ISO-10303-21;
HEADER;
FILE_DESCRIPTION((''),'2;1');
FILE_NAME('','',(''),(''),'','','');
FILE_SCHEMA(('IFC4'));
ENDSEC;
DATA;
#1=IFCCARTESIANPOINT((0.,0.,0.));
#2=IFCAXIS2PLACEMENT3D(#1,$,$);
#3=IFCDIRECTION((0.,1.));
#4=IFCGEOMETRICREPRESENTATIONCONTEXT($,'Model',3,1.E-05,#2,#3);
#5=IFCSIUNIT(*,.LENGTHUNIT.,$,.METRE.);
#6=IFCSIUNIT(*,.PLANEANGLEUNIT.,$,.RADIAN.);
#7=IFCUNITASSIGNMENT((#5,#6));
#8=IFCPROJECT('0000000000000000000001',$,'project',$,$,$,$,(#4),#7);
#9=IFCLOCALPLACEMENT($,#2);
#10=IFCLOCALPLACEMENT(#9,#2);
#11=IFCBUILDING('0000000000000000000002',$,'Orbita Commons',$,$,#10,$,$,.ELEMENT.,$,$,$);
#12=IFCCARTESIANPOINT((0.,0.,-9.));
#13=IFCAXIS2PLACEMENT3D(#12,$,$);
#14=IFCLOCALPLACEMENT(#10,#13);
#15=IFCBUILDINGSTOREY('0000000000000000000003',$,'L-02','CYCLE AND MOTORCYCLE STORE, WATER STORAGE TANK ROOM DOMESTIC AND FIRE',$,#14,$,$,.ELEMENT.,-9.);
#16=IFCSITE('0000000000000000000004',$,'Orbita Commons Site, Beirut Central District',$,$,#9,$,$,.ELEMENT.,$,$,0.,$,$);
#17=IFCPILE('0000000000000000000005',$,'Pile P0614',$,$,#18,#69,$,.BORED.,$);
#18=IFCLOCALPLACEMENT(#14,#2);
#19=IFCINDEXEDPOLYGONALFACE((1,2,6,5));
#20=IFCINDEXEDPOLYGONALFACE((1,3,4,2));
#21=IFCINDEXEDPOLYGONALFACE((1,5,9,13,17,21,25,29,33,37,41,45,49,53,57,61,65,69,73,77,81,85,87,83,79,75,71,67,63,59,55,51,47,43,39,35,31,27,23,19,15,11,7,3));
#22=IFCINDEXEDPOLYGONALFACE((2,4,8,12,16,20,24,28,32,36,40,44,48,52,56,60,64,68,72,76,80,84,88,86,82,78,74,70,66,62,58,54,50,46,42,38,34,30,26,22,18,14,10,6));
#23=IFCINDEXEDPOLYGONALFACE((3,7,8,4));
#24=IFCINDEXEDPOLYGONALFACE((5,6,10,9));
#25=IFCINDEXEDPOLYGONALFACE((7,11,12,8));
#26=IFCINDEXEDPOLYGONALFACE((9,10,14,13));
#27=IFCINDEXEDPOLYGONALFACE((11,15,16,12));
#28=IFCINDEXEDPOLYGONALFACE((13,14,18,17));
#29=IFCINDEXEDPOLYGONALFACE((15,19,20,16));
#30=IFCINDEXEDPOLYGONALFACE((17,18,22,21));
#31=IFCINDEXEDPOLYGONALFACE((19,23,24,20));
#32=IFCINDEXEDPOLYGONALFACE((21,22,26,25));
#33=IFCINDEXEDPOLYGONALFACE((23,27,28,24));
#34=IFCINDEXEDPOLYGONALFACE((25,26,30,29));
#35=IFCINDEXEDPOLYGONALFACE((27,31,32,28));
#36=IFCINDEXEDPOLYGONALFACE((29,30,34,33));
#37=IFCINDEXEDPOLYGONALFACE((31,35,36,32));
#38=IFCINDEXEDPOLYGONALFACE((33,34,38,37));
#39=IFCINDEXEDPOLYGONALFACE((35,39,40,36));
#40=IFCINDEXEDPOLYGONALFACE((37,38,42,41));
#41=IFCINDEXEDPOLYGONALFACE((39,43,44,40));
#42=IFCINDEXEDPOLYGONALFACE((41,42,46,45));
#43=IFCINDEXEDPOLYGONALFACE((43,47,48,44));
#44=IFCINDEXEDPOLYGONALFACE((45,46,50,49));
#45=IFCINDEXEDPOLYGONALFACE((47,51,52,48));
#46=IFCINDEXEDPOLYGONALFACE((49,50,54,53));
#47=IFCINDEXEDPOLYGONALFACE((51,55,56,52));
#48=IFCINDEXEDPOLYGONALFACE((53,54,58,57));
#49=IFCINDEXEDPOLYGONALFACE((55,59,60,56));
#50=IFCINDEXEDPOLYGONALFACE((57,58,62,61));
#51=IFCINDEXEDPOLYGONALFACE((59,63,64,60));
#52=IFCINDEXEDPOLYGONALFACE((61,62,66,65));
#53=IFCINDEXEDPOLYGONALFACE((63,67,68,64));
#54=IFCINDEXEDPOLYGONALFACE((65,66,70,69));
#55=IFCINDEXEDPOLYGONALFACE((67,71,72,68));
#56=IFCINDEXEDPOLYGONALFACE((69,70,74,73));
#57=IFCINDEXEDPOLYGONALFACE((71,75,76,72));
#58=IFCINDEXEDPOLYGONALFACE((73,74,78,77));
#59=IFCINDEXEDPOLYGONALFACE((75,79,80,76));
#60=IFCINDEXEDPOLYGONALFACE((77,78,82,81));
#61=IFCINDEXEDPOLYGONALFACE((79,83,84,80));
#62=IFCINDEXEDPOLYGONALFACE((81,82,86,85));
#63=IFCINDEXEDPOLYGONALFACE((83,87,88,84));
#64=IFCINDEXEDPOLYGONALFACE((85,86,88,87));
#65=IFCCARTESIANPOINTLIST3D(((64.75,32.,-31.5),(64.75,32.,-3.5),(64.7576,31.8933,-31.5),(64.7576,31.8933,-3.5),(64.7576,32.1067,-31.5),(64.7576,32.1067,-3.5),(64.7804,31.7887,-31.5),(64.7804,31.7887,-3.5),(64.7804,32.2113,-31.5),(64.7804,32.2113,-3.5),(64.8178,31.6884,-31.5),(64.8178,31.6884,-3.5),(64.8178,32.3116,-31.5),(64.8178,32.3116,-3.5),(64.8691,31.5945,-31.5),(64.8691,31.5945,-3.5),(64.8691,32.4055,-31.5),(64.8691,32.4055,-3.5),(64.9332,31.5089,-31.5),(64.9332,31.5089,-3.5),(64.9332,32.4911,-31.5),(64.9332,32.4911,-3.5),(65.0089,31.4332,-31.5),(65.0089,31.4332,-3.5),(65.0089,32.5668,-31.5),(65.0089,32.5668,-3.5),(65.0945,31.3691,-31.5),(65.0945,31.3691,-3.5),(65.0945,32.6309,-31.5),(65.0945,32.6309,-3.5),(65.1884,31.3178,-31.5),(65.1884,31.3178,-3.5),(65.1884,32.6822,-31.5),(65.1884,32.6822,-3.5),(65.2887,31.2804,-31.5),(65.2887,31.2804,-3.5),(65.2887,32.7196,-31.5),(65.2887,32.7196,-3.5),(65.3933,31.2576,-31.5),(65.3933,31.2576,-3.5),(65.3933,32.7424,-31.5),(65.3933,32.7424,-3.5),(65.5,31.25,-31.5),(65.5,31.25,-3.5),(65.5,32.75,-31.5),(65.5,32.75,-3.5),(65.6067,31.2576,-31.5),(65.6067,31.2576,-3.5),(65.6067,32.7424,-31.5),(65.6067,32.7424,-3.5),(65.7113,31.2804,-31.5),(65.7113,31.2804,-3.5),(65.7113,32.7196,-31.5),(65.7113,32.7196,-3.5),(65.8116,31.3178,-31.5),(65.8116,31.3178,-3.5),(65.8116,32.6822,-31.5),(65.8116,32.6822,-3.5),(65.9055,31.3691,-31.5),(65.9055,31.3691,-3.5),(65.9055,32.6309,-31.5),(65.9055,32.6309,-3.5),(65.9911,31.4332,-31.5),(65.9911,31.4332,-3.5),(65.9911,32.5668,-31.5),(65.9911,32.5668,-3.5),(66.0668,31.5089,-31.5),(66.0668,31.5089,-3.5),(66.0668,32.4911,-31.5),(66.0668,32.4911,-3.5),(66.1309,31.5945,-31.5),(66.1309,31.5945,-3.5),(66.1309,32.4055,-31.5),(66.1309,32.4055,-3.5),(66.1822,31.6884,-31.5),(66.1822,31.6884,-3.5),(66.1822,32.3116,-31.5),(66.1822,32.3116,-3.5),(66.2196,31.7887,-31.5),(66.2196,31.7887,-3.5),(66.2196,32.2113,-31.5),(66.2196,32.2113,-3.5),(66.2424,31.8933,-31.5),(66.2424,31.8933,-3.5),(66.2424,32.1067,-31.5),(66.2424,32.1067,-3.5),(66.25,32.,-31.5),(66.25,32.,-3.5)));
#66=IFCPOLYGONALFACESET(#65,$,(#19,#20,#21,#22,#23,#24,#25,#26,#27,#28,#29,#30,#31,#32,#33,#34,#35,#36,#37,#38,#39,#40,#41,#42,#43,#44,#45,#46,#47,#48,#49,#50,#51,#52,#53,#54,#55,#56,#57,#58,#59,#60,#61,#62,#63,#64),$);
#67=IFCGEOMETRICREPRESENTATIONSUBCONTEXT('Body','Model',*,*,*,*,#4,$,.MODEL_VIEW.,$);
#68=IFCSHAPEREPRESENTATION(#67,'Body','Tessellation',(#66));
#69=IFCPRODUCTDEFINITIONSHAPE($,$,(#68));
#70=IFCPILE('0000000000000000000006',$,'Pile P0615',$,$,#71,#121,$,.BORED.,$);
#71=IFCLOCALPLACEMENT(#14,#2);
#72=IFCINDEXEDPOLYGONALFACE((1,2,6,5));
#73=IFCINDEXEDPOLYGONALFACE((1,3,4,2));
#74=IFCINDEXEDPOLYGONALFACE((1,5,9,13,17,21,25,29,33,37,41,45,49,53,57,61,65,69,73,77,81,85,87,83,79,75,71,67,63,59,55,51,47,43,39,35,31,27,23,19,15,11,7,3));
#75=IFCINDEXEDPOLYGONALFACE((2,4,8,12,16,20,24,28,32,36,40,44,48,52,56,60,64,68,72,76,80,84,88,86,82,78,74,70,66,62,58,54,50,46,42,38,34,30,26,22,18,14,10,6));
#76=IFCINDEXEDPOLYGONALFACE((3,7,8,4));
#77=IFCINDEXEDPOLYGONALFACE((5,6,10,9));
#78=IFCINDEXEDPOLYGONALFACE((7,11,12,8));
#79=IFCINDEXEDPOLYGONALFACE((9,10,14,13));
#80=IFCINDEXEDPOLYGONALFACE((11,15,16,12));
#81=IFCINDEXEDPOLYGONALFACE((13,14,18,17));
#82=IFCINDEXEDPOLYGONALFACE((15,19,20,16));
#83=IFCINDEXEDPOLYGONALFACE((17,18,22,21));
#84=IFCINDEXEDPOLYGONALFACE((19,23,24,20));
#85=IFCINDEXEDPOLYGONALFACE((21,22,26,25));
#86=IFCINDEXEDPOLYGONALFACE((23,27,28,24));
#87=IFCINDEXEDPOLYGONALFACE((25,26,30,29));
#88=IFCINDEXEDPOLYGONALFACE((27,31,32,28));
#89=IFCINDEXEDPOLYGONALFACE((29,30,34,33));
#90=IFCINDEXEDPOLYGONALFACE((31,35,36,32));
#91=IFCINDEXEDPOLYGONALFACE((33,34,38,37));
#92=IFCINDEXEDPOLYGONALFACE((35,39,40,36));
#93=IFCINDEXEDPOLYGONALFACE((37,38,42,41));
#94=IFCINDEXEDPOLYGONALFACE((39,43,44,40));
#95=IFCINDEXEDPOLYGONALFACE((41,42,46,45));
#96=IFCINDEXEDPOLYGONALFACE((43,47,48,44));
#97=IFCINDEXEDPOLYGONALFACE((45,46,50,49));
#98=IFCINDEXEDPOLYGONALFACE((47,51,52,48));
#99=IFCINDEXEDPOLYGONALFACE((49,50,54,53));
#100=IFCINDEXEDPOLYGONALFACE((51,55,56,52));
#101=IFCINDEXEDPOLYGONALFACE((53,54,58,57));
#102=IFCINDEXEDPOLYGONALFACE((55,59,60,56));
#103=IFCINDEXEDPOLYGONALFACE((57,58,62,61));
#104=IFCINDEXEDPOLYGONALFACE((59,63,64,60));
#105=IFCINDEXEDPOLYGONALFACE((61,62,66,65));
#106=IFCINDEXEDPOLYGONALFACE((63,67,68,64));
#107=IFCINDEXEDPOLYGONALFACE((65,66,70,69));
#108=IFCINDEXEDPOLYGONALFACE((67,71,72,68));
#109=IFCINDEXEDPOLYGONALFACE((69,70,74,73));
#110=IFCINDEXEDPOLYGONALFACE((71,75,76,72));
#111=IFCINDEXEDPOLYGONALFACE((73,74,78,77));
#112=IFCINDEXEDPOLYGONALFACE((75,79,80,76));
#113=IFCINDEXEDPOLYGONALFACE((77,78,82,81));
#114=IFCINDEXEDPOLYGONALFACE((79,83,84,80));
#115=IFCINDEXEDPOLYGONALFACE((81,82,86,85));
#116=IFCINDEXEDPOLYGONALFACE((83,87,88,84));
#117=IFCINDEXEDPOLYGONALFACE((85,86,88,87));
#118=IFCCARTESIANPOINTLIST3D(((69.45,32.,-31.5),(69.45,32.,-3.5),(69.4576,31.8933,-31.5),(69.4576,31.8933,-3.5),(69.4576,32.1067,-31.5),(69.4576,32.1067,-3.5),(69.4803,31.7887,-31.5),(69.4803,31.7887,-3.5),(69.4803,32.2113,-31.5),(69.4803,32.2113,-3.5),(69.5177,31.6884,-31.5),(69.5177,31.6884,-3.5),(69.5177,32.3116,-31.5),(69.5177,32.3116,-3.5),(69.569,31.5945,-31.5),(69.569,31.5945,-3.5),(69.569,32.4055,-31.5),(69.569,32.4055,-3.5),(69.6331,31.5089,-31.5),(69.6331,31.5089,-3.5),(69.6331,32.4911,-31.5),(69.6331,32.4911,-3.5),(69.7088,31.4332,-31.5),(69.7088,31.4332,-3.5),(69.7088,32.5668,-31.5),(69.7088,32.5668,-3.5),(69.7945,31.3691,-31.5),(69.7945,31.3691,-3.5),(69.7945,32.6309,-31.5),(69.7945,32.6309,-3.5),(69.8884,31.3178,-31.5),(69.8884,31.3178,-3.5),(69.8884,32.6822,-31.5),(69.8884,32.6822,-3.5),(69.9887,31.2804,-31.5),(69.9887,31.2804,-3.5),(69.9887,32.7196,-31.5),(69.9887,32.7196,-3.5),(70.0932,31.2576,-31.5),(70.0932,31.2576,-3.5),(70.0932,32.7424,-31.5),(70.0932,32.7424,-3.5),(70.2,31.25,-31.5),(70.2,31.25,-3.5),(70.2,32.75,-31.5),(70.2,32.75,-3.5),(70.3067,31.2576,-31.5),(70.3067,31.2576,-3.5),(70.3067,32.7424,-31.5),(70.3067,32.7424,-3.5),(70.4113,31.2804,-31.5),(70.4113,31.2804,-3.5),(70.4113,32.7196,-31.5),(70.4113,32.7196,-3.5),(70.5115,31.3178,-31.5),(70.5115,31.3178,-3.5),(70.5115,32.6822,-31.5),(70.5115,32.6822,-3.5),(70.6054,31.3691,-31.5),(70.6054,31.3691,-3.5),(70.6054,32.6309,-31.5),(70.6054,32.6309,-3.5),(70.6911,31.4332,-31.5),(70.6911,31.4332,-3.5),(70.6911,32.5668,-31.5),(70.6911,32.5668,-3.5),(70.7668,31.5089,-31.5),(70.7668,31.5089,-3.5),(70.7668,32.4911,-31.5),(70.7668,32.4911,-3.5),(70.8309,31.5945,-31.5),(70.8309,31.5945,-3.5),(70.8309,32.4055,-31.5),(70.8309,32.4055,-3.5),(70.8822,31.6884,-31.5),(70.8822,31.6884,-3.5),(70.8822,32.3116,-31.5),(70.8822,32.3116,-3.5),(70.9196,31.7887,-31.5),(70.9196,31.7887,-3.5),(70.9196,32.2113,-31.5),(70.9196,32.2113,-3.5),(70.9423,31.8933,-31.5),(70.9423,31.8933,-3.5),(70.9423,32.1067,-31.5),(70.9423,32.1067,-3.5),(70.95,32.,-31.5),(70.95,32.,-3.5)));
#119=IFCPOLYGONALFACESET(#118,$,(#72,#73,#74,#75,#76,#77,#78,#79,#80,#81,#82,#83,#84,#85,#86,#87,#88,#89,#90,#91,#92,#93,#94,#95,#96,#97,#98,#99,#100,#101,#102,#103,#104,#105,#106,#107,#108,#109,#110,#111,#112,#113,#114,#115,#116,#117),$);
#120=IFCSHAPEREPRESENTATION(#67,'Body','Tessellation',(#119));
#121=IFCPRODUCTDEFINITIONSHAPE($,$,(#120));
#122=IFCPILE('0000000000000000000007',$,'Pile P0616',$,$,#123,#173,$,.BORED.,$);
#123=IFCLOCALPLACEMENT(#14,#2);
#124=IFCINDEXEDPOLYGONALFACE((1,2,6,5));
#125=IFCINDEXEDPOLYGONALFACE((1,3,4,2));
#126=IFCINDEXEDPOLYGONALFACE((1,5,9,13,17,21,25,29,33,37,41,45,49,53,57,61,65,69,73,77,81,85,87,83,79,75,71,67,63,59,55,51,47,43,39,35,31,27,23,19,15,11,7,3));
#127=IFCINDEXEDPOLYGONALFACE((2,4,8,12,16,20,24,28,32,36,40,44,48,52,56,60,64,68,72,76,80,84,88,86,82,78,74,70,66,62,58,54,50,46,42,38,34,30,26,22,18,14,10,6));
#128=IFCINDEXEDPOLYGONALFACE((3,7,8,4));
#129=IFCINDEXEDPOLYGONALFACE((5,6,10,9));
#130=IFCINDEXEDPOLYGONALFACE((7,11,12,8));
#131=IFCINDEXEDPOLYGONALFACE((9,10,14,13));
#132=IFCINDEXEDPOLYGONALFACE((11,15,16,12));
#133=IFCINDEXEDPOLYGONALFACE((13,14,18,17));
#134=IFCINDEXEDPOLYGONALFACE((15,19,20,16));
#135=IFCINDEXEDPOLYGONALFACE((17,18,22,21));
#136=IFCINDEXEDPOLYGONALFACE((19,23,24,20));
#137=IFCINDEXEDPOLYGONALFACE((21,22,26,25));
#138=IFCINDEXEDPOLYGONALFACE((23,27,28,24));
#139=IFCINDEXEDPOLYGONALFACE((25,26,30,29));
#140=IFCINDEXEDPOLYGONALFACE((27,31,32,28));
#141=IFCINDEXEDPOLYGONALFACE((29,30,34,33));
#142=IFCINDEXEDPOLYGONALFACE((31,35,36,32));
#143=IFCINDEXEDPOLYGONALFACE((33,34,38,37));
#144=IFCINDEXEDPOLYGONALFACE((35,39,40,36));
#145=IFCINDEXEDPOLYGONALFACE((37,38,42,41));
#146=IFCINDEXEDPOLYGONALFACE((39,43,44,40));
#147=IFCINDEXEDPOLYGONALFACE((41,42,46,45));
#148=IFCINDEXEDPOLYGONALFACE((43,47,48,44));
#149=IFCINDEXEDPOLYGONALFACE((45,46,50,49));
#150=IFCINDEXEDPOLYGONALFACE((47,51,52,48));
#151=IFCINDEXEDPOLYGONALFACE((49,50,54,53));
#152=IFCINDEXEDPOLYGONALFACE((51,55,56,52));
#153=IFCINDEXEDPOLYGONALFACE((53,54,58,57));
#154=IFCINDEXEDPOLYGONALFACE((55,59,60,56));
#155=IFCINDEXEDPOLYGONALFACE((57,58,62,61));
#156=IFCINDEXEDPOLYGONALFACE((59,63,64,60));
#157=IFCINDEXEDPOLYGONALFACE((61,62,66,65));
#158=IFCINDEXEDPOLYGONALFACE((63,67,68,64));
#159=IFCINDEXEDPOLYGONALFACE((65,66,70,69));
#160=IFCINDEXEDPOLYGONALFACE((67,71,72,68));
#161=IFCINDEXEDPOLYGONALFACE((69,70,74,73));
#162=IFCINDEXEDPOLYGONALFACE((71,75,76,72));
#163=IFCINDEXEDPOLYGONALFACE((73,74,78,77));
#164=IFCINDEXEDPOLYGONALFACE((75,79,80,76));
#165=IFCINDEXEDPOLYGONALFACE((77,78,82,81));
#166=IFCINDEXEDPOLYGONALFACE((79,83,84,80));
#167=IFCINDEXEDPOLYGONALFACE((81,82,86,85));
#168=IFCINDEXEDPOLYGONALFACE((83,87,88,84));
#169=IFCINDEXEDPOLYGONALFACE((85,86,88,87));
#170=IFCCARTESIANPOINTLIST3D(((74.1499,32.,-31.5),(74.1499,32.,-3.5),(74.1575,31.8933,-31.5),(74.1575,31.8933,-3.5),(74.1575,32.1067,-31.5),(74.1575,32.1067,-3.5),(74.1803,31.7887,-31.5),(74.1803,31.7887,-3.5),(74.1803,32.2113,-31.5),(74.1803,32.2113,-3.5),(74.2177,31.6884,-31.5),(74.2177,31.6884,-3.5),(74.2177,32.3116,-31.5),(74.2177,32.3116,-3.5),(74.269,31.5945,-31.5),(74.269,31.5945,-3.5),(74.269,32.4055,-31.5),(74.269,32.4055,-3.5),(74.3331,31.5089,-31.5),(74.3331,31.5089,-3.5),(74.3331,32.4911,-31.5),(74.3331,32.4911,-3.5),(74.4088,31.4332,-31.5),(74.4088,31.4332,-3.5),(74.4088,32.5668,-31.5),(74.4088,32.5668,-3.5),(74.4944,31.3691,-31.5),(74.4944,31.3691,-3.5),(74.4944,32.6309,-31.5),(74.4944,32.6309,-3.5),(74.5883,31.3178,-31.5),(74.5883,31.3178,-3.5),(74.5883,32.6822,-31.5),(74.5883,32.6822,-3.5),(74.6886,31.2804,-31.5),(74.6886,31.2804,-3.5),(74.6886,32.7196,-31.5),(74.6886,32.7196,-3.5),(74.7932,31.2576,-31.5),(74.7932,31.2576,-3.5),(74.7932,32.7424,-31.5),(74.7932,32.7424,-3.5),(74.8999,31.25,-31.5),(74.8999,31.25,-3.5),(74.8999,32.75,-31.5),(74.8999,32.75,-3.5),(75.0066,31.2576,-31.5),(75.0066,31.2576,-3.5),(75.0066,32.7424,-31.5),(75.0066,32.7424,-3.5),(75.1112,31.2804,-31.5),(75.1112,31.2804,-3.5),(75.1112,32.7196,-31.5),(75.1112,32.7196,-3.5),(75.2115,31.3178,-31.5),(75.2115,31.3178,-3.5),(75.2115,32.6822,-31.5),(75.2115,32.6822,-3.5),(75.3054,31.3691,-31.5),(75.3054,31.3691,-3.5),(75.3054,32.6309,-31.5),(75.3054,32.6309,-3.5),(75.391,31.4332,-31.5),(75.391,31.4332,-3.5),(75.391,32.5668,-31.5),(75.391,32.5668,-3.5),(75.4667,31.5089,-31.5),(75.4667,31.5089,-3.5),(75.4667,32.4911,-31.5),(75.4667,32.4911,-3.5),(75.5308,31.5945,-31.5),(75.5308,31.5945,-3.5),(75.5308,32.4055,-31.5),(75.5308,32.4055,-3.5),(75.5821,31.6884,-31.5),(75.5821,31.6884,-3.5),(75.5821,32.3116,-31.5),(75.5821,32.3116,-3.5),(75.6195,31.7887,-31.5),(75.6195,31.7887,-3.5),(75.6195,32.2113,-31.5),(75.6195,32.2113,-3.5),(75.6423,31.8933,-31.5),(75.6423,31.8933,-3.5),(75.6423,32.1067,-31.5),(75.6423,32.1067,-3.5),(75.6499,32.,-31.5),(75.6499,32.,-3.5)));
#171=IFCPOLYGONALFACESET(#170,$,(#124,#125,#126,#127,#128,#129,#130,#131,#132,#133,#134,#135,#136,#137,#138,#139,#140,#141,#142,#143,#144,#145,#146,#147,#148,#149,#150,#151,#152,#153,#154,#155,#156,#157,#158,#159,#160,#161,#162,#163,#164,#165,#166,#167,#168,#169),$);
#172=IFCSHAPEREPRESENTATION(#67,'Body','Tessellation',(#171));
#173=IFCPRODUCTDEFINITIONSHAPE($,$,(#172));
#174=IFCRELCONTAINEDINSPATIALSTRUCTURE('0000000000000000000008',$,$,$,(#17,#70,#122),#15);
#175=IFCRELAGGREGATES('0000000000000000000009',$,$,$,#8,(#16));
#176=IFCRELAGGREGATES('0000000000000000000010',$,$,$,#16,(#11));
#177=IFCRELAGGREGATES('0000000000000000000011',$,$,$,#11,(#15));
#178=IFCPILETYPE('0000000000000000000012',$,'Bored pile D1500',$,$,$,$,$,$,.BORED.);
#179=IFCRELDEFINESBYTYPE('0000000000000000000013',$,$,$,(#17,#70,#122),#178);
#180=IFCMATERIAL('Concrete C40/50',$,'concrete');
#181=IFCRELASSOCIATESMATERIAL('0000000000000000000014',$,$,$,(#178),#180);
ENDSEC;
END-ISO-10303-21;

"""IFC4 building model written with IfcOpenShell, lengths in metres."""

from ifc_helpers import new_model, si_unit, direction, frame, origin, origin_2d, place, context, subcontext, project, spatial, circle, extrude, material, material_profile, profile_set, type_object, element, save


model = new_model("IFC4")

# Units and contexts
model_context = context("Model", 3, precision=1e-05, world=origin(), true_north=direction((0.0, 1.0)))
body_context = subcontext(model_context, "Body", "Model", "MODEL_VIEW")
ifc_project = project(units=[si_unit("LENGTHUNIT", "METRE"), si_unit("PLANEANGLEUNIT", "RADIAN")], contexts=[model_context])

# Site, building, storey
site_placement = place(None, origin())
site = spatial("IfcSite", under=ifc_project, at=site_placement, Name="Orbita Commons Site, Beirut Central District", CompositionType="ELEMENT", RefElevation=0.0)
building_placement = place(site_placement, origin())
building = spatial("IfcBuilding", under=site, at=building_placement, Name="Orbita Commons", CompositionType="ELEMENT")
storey_placement = place(building_placement, frame((0.0, 0.0, -9.0)))
storey = spatial("IfcBuildingStorey", under=building, at=storey_placement, Name="L-02", Description="CYCLE AND MOTORCYCLE STORE, WATER STORAGE TANK ROOM DOMESTIC AND FIRE", CompositionType="ELEMENT", Elevation=-9.0)

# Piles
ifc_material_1 = material(Name="Concrete C40/50", Category="concrete")
ifc_material_profile_1 = material_profile(ifc_material_1, circle(Radius=0.75, at=origin_2d()), Name="RC D1500")
ifc_profile_set_1 = profile_set([ifc_material_profile_1], Name="Concrete C40/50")
pile_type = type_object("IfcPileType", Name="Bored pile D1500", PredefinedType="BORED", material=ifc_profile_set_1)
for number, where, z_axis, x_axis, name in (
    (1, (65.5, 32.0, -3.5), (0.0, 0.0, -1.0), (1.0, 0.0, 0.0), "Pile P0614"),
    (2, (70.2, 32.0, -3.5), (0.0, 0.0, -1.0), (1.0, 0.0, 0.0), "Pile P0615"),
    (3, (74.8999, 32.0, -3.5), (0.0, 0.0, -1.0), (1.0, 0.0, 0.0), "Pile P0616"),
):
    element("IfcPile", number, at=place(storey_placement, frame(where, z_axis=z_axis, x_axis=x_axis)), inside=storey, type_object=pile_type, Name=name, PredefinedType="BORED", context=body_context, shape_type="SweptSolid", body=[
        extrude(circle(Radius=0.75, at=origin_2d()), origin(), (0.0, 0.0, 1.0), 28.0),
    ])

save(model, "model.ifc")
